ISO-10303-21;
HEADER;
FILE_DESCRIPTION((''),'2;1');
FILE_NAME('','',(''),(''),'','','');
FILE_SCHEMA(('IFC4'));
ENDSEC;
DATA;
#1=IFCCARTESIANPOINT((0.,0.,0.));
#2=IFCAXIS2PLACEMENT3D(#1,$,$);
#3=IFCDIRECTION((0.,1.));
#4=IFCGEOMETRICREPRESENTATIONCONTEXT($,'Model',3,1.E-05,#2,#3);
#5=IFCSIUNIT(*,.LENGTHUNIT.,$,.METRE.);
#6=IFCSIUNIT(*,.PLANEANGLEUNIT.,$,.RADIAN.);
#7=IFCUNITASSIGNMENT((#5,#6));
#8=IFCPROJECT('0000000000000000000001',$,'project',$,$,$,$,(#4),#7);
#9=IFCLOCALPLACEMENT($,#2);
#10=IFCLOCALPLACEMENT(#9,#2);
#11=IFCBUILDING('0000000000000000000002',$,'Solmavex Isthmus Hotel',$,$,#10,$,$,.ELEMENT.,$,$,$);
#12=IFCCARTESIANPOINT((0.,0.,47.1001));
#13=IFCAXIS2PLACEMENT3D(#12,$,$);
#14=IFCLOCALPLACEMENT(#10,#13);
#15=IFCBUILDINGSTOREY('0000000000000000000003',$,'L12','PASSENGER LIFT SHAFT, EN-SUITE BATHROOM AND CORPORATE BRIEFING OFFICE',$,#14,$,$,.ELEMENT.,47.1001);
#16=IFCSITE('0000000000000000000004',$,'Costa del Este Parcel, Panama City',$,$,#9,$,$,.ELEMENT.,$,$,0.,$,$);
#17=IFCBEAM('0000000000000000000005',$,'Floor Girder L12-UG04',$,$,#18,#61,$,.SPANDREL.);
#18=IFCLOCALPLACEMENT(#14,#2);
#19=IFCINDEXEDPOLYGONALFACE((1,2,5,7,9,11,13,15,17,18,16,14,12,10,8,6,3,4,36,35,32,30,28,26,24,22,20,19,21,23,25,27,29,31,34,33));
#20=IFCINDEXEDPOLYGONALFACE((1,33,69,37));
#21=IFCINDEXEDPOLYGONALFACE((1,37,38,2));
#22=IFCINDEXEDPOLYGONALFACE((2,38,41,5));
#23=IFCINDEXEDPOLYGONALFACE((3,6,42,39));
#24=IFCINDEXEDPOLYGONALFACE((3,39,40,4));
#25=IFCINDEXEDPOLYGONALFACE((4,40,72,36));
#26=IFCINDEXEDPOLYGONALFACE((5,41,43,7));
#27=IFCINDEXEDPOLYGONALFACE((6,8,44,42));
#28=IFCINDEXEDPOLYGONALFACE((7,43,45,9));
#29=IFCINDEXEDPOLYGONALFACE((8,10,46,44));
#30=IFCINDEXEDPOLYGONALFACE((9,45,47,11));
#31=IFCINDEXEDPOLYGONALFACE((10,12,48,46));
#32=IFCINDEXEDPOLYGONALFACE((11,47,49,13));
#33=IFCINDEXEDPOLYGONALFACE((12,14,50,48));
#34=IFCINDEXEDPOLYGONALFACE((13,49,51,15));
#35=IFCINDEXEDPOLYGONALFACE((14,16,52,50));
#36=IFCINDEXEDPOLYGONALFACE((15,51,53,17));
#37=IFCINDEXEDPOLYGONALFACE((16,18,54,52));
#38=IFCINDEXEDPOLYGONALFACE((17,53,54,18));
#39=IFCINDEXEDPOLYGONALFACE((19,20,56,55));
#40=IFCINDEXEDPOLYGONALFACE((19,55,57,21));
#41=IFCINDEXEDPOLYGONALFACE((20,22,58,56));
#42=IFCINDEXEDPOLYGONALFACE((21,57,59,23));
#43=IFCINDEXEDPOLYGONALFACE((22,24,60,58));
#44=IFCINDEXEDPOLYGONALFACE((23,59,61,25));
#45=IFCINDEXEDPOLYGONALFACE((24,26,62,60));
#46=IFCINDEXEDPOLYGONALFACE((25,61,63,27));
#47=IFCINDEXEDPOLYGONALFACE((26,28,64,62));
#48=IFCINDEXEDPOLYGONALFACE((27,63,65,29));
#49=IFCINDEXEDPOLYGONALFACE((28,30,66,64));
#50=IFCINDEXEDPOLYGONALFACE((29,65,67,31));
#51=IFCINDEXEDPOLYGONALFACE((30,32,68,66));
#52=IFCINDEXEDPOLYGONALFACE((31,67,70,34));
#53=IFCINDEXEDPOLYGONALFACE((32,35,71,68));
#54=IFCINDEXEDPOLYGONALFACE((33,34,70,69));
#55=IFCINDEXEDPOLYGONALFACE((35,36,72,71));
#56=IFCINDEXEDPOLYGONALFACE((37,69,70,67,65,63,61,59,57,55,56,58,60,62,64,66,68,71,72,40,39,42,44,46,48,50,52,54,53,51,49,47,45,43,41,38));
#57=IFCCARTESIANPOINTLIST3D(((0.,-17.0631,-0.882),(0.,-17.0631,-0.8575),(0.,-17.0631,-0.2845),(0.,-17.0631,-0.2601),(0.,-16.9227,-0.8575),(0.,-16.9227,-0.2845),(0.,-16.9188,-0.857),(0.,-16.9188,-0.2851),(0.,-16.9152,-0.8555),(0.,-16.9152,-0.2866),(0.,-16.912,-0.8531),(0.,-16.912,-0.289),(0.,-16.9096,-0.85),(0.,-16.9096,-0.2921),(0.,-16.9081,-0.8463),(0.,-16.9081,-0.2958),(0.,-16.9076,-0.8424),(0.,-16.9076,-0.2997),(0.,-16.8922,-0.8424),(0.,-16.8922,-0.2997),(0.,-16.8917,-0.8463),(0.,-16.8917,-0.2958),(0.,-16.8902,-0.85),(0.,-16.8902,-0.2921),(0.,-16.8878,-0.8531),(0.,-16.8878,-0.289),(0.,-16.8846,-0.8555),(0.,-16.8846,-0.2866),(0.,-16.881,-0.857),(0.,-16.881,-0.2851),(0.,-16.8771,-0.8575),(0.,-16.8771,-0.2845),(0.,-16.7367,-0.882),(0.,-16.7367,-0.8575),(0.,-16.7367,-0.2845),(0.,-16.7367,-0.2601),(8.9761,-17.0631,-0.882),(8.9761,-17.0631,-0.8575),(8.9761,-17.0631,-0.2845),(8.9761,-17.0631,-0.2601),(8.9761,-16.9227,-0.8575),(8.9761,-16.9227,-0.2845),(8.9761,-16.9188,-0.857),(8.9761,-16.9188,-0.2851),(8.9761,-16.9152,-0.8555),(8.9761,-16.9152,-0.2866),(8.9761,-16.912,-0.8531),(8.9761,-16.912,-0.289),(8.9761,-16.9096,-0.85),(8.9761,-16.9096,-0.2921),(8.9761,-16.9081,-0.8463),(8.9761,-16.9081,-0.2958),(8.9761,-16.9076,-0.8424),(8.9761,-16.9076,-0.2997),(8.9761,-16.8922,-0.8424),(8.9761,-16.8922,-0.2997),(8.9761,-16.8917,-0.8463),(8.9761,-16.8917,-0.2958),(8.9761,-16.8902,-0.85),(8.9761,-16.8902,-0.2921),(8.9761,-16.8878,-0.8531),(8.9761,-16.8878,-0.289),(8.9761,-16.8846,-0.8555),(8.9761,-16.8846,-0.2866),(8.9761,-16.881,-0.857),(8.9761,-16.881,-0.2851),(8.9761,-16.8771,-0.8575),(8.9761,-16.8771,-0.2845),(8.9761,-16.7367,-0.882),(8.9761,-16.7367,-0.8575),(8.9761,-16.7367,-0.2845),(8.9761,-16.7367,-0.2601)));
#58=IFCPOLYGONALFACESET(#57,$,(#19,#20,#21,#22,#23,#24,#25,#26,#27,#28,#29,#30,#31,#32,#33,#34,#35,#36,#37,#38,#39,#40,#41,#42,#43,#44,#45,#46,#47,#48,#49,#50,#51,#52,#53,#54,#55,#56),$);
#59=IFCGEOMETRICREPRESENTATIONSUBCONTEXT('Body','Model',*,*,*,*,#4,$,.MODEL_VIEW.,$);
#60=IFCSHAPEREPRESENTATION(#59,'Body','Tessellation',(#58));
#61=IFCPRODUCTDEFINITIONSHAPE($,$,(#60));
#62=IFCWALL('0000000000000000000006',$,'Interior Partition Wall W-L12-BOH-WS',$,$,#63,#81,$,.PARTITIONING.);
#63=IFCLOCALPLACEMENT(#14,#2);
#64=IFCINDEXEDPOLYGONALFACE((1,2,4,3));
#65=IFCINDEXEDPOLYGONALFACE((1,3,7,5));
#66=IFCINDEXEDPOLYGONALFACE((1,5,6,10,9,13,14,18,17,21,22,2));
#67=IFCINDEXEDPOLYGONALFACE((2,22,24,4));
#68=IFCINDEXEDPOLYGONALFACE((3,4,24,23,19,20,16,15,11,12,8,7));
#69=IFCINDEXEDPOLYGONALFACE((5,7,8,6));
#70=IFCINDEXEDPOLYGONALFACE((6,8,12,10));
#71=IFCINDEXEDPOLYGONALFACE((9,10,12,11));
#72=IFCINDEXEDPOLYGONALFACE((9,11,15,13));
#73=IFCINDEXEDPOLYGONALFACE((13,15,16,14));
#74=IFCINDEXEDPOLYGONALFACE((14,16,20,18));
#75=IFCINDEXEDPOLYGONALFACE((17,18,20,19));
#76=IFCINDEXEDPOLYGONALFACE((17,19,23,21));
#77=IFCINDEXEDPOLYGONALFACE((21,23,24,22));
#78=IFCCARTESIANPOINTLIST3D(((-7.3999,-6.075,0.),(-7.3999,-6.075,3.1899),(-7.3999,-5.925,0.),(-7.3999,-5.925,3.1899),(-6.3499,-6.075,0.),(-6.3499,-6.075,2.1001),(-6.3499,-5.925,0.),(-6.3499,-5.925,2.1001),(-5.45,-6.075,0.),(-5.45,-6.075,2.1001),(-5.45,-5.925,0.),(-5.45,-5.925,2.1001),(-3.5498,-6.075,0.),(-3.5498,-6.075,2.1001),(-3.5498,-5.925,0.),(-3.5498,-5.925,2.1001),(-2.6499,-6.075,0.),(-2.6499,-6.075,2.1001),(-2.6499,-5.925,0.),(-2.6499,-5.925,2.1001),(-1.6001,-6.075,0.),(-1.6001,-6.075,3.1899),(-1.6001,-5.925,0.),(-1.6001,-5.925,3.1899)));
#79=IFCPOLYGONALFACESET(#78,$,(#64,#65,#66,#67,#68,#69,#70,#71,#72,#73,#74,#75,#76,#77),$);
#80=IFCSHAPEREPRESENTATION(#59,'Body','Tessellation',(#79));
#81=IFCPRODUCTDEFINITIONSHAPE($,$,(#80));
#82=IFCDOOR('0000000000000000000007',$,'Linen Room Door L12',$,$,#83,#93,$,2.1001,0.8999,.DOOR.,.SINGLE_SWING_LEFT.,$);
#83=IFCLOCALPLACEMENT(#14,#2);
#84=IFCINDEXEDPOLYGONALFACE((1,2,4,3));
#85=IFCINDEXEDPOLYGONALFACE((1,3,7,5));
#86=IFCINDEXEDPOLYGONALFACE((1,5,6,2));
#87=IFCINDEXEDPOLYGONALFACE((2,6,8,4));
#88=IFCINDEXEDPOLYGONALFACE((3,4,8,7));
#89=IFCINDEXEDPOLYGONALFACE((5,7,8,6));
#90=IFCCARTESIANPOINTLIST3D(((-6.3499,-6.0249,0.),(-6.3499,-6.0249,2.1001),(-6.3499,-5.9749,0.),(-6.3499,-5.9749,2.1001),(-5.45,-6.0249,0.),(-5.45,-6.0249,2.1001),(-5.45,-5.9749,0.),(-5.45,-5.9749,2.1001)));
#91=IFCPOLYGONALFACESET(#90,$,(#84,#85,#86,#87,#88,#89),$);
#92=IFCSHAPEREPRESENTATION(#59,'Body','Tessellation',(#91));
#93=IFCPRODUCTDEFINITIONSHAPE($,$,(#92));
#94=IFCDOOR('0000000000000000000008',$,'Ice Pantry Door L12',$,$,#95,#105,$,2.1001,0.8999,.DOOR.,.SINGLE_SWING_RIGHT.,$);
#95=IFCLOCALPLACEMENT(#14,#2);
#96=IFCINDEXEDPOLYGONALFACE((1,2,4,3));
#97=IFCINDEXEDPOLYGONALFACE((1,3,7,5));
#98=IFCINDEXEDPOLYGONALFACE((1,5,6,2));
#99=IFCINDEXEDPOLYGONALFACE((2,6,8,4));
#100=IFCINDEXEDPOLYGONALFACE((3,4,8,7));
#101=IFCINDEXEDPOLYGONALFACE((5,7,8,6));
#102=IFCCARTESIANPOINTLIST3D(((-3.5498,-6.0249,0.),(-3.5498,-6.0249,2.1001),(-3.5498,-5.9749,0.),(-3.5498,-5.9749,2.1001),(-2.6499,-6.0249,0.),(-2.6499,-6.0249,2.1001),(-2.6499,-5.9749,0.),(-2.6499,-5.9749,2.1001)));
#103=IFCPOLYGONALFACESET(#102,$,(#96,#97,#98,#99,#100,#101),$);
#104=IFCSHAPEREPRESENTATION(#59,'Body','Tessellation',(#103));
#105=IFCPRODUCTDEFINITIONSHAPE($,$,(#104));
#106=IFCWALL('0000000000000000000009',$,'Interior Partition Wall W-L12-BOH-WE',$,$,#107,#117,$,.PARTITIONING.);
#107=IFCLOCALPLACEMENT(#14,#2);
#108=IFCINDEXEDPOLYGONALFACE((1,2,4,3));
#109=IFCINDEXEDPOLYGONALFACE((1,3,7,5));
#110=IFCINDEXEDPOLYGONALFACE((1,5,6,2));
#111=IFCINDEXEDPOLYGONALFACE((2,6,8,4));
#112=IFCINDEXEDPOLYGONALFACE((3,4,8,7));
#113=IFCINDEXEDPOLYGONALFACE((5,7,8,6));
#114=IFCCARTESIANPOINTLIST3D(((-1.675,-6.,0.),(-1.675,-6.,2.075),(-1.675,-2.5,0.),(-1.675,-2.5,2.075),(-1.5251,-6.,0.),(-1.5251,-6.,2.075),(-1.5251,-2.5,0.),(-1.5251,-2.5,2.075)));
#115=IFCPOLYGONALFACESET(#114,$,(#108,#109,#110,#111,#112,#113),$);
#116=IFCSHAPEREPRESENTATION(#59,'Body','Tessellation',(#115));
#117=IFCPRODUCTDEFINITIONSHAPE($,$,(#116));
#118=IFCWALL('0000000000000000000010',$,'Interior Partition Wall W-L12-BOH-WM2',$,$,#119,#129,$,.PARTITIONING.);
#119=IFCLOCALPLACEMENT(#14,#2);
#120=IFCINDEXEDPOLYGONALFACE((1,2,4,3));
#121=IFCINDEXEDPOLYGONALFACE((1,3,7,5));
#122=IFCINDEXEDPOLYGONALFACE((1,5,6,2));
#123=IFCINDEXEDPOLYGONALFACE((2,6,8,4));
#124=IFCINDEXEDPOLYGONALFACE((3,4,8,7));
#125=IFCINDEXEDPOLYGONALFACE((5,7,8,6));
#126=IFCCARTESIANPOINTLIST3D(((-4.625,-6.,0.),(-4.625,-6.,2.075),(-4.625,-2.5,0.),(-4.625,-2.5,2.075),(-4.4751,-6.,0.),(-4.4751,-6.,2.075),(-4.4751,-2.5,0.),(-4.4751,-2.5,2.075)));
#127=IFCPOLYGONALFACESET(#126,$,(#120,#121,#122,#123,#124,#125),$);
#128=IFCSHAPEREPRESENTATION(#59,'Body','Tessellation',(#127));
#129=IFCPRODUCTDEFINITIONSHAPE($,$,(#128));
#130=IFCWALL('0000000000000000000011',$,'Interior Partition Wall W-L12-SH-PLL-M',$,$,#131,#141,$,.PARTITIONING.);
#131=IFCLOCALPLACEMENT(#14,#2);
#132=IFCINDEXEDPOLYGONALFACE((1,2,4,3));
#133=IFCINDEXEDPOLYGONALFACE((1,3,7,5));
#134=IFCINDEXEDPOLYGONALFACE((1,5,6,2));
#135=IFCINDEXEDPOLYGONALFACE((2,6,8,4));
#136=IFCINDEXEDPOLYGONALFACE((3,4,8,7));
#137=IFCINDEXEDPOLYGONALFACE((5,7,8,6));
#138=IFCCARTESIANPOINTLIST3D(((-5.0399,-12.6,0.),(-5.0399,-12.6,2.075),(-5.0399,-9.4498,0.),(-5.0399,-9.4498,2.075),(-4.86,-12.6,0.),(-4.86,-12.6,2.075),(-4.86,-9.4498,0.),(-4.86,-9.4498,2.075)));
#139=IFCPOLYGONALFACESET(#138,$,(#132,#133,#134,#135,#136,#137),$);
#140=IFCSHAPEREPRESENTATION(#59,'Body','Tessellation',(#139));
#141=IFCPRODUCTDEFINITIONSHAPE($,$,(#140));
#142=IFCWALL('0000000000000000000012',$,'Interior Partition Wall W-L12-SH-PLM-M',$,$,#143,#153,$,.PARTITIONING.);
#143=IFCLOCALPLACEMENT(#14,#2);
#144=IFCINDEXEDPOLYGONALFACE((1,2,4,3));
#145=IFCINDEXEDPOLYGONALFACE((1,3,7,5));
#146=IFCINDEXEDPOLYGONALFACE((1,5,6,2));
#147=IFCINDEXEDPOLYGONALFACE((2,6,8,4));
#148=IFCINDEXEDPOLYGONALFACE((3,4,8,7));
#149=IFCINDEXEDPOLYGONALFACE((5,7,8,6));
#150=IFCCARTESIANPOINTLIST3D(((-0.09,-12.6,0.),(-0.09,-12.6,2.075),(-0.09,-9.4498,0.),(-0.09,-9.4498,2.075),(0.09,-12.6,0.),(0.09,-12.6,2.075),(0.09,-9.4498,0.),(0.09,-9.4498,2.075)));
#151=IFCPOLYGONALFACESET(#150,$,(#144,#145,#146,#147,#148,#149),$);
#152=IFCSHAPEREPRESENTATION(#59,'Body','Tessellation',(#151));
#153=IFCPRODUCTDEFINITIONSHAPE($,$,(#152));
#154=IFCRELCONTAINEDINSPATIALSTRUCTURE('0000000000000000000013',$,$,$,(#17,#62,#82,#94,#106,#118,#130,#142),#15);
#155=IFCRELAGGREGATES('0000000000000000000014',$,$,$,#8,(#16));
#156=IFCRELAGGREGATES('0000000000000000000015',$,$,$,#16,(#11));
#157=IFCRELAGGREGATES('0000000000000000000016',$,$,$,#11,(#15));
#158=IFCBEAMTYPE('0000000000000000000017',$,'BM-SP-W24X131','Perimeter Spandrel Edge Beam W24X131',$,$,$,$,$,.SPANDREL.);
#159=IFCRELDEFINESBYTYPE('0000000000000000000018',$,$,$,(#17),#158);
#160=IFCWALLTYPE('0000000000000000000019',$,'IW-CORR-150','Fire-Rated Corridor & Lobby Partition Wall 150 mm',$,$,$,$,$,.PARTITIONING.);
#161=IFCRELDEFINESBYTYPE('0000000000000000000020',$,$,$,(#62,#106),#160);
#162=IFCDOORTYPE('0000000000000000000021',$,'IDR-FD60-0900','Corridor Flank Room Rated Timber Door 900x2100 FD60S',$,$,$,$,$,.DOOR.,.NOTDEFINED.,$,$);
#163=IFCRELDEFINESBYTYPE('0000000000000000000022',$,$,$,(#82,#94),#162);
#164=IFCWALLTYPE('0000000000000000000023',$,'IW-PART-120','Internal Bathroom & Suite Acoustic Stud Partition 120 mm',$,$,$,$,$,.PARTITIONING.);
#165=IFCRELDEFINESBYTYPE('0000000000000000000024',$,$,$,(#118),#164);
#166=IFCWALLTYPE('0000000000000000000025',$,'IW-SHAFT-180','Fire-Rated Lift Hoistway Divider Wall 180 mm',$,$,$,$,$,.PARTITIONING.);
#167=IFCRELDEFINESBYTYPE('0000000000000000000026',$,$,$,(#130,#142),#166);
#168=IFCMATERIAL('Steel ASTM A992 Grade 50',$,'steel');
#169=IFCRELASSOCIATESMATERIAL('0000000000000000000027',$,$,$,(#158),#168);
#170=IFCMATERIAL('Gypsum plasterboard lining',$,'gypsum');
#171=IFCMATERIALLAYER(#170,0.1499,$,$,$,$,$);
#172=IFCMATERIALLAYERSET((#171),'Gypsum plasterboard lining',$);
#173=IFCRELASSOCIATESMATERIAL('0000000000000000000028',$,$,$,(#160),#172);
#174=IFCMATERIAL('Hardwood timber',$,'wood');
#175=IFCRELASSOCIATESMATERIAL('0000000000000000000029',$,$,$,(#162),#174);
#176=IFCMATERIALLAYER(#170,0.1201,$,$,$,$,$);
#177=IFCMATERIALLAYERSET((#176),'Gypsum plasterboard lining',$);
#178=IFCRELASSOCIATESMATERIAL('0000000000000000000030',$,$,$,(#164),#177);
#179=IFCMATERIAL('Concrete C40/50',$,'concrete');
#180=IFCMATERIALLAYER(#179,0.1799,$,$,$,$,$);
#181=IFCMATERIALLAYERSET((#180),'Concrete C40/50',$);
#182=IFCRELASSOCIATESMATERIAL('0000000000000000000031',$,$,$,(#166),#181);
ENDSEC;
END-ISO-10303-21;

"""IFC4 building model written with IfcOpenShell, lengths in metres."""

from ifc_helpers import new_model, si_unit, direction, frame, frame_2d, origin, origin_2d, place, context, subcontext, project, spatial, rectangle, i_section, extrude, material, layer, layer_set, material_profile, profile_set, type_object, element, fill, save


model = new_model("IFC4")

# Units and contexts
model_context = context("Model", 3, precision=1e-05, world=origin(), true_north=direction((0.0, 1.0)))
body_context = subcontext(model_context, "Body", "Model", "MODEL_VIEW")
ifc_project = project(units=[si_unit("LENGTHUNIT", "METRE"), si_unit("PLANEANGLEUNIT", "RADIAN")], contexts=[model_context])

# Site, building, storey
site_placement = place(None, origin())
site = spatial("IfcSite", under=ifc_project, at=site_placement, Name="Costa del Este Parcel, Panama City", CompositionType="ELEMENT", RefElevation=0.0)
building_placement = place(site_placement, origin())
building = spatial("IfcBuilding", under=site, at=building_placement, Name="Solmavex Isthmus Hotel", CompositionType="ELEMENT")
storey_placement = place(building_placement, frame((0.0, 0.0, 47.1001)))
storey = spatial("IfcBuildingStorey", under=building, at=storey_placement, Name="L12", Description="PASSENGER LIFT SHAFT, EN-SUITE BATHROOM AND CORPORATE BRIEFING OFFICE", CompositionType="ELEMENT", Elevation=47.1001)

# Beam
ifc_material_1 = material(Name="Steel ASTM A992 Grade 50", Category="steel")
ifc_material_profile_1 = material_profile(ifc_material_1, i_section(OverallWidth=0.3264, OverallDepth=0.6218, WebThickness=0.0154, FlangeThickness=0.0244, FilletRadius=0.0151, at=origin_2d()), Name="W24X131")
ifc_profile_set_1 = profile_set([ifc_material_profile_1], Name="Steel ASTM A992 Grade 50")
beam_type_1 = type_object("IfcBeamType", Name="BM-SP-W24X131", Description="Perimeter Spandrel Edge Beam W24X131", PredefinedType="SPANDREL", material=ifc_profile_set_1)
beam_1_placement = place(storey_placement, frame((0.0, -16.8999, -0.571), z_axis=(1.0, 0.0, 0.0), x_axis=(0.0, 1.0, 0.0)))
element("IfcBeam", 1, at=beam_1_placement, inside=storey, type_object=beam_type_1, Name="Floor Girder L12-UG04", PredefinedType="SPANDREL", context=body_context, shape_type="SweptSolid", body=[
    extrude(i_section(OverallWidth=0.3264, OverallDepth=0.6218, WebThickness=0.0154, FlangeThickness=0.0244, FilletRadius=0.0151, at=origin_2d()), origin(), (0.0, 0.0, 1.0), 8.9761),
])

# Wall, openings, doors
ifc_material_2 = material(Name="Gypsum plasterboard lining", Category="gypsum")
ifc_layer_1 = layer(ifc_material_2, 0.1499)
ifc_layer_set_1 = layer_set([ifc_layer_1], Name="Gypsum plasterboard lining")
wall_type_1 = type_object("IfcWallType", Name="IW-CORR-150", Description="Fire-Rated Corridor & Lobby Partition Wall 150 mm", PredefinedType="PARTITIONING", material=ifc_layer_set_1)
wall_1_placement = place(storey_placement, frame((-7.3999, -6.0, 0.0), z_axis=(0.0, 0.0, 1.0), x_axis=(1.0, 0.0, 0.0)))
wall_1 = element("IfcWall", 2, at=wall_1_placement, inside=storey, type_object=wall_type_1, Name="Interior Partition Wall W-L12-BOH-WS", PredefinedType="PARTITIONING", context=body_context, shape_type="SweptSolid", body=[
    extrude(rectangle(XDim=5.7998, YDim=0.1499, at=frame_2d((2.8999, 0.0))), origin(), (0.0, 0.0, 1.0), 3.1899),
])
opening_1_placement = place(wall_1_placement, frame((1.05, 0.0, 0.0)))
opening_1 = element("IfcOpeningElement", 3, at=opening_1_placement, cuts=wall_1, PredefinedType="OPENING", context=body_context, shape_type="SweptSolid", body=[
    extrude(rectangle(XDim=0.8999, YDim=2.1001, at=frame_2d((0.45, 1.05))), frame((0.0, 0.085, 0.0), z_axis=(0.0, -1.0, 0.0), x_axis=(1.0, 0.0, 0.0)), (0.0, 0.0, 1.0), 0.1699),
])
opening_2_placement = place(wall_1_placement, frame((3.8501, 0.0, 0.0)))
opening_2 = element("IfcOpeningElement", 4, at=opening_2_placement, cuts=wall_1, PredefinedType="OPENING", context=body_context, shape_type="SweptSolid", body=[
    extrude(rectangle(XDim=0.8999, YDim=2.1001, at=frame_2d((0.45, 1.05))), frame((0.0, 0.085, 0.0), z_axis=(0.0, -1.0, 0.0), x_axis=(1.0, 0.0, 0.0)), (0.0, 0.0, 1.0), 0.1699),
])
ifc_material_3 = material(Name="Hardwood timber", Category="wood")
door_type_1 = type_object("IfcDoorType", Name="IDR-FD60-0900", Description="Corridor Flank Room Rated Timber Door 900x2100 FD60S", OperationType="NOTDEFINED", PredefinedType="DOOR", material=ifc_material_3)
door_1_placement = place(opening_1_placement, frame((0.8999, 0.0, 0.0), z_axis=(0.0, 0.0, 1.0), x_axis=(-1.0, 0.0, 0.0)))
door_1 = element("IfcDoor", 5, at=door_1_placement, inside=storey, type_object=door_type_1, Name="Linen Room Door L12", OperationType="SINGLE_SWING_LEFT", OverallHeight=2.1001, OverallWidth=0.8999, PredefinedType="DOOR", context=body_context, shape_type="SweptSolid", body=[
    extrude(rectangle(XDim=0.8999, YDim=2.1001, at=frame_2d((0.45, 1.05))), frame((0.0, 0.0249, 0.0), z_axis=(0.0, -1.0, 0.0), x_axis=(1.0, 0.0, 0.0)), (0.0, 0.0, 1.0), 0.05),
])
fill(opening_1, door_1)
door_2_placement = place(opening_2_placement, frame((0.8999, 0.0, 0.0), z_axis=(0.0, 0.0, 1.0), x_axis=(-1.0, 0.0, 0.0)))
door_2 = element("IfcDoor", 6, at=door_2_placement, inside=storey, type_object=door_type_1, Name="Ice Pantry Door L12", OperationType="SINGLE_SWING_RIGHT", OverallHeight=2.1001, OverallWidth=0.8999, PredefinedType="DOOR", context=body_context, shape_type="SweptSolid", body=[
    extrude(rectangle(XDim=0.8999, YDim=2.1001, at=frame_2d((0.45, 1.05))), frame((0.0, 0.0249, 0.0), z_axis=(0.0, -1.0, 0.0), x_axis=(1.0, 0.0, 0.0)), (0.0, 0.0, 1.0), 0.05),
])
fill(opening_2, door_2)

# Walls
wall_2_placement = place(storey_placement, frame((-1.6001, -6.0, 0.0), z_axis=(0.0, 0.0, 1.0), x_axis=(0.0, 1.0, 0.0)))
element("IfcWall", 7, at=wall_2_placement, inside=storey, type_object=wall_type_1, Name="Interior Partition Wall W-L12-BOH-WE", PredefinedType="PARTITIONING", context=body_context, shape_type="SweptSolid", body=[
    extrude(rectangle(XDim=3.5, YDim=0.1499, at=frame_2d((1.75, 0.0))), origin(), (0.0, 0.0, 1.0), 2.075),
])
ifc_layer_2 = layer(ifc_material_2, 0.1201)
ifc_layer_set_2 = layer_set([ifc_layer_2], Name="Gypsum plasterboard lining")
wall_type_2 = type_object("IfcWallType", Name="IW-PART-120", Description="Internal Bathroom & Suite Acoustic Stud Partition 120 mm", PredefinedType="PARTITIONING", material=ifc_layer_set_2)
wall_3_placement = place(storey_placement, frame((-4.55, -6.0, 0.0), z_axis=(0.0, 0.0, 1.0), x_axis=(0.0, 1.0, 0.0)))
element("IfcWall", 8, at=wall_3_placement, inside=storey, type_object=wall_type_2, Name="Interior Partition Wall W-L12-BOH-WM2", PredefinedType="PARTITIONING", context=body_context, shape_type="SweptSolid", body=[
    extrude(rectangle(XDim=3.5, YDim=0.1499, at=frame_2d((1.75, 0.0))), origin(), (0.0, 0.0, 1.0), 2.075),
])
ifc_material_4 = material(Name="Concrete C40/50", Category="concrete")
ifc_layer_3 = layer(ifc_material_4, 0.1799)
ifc_layer_set_3 = layer_set([ifc_layer_3], Name="Concrete C40/50")
wall_type_3 = type_object("IfcWallType", Name="IW-SHAFT-180", Description="Fire-Rated Lift Hoistway Divider Wall 180 mm", PredefinedType="PARTITIONING", material=ifc_layer_set_3)
for number, where, z_axis, x_axis, name in (
    (9, (-4.95, -12.6001, 0.0), (0.0, 0.0, 1.0), (0.0, 1.0, 0.0), "Interior Partition Wall W-L12-SH-PLL-M"),
    (10, (0.0, -12.6001, 0.0), (0.0, 0.0, 1.0), (0.0, 1.0, 0.0), "Interior Partition Wall W-L12-SH-PLM-M"),
):
    element("IfcWall", number, at=place(storey_placement, frame(where, z_axis=z_axis, x_axis=x_axis)), inside=storey, type_object=wall_type_3, Name=name, PredefinedType="PARTITIONING", context=body_context, shape_type="SweptSolid", body=[
        extrude(rectangle(XDim=3.1501, YDim=0.1799, at=frame_2d((1.5752, 0.0))), origin(), (0.0, 0.0, 1.0), 2.075),
    ])

save(model, "model.ifc")
